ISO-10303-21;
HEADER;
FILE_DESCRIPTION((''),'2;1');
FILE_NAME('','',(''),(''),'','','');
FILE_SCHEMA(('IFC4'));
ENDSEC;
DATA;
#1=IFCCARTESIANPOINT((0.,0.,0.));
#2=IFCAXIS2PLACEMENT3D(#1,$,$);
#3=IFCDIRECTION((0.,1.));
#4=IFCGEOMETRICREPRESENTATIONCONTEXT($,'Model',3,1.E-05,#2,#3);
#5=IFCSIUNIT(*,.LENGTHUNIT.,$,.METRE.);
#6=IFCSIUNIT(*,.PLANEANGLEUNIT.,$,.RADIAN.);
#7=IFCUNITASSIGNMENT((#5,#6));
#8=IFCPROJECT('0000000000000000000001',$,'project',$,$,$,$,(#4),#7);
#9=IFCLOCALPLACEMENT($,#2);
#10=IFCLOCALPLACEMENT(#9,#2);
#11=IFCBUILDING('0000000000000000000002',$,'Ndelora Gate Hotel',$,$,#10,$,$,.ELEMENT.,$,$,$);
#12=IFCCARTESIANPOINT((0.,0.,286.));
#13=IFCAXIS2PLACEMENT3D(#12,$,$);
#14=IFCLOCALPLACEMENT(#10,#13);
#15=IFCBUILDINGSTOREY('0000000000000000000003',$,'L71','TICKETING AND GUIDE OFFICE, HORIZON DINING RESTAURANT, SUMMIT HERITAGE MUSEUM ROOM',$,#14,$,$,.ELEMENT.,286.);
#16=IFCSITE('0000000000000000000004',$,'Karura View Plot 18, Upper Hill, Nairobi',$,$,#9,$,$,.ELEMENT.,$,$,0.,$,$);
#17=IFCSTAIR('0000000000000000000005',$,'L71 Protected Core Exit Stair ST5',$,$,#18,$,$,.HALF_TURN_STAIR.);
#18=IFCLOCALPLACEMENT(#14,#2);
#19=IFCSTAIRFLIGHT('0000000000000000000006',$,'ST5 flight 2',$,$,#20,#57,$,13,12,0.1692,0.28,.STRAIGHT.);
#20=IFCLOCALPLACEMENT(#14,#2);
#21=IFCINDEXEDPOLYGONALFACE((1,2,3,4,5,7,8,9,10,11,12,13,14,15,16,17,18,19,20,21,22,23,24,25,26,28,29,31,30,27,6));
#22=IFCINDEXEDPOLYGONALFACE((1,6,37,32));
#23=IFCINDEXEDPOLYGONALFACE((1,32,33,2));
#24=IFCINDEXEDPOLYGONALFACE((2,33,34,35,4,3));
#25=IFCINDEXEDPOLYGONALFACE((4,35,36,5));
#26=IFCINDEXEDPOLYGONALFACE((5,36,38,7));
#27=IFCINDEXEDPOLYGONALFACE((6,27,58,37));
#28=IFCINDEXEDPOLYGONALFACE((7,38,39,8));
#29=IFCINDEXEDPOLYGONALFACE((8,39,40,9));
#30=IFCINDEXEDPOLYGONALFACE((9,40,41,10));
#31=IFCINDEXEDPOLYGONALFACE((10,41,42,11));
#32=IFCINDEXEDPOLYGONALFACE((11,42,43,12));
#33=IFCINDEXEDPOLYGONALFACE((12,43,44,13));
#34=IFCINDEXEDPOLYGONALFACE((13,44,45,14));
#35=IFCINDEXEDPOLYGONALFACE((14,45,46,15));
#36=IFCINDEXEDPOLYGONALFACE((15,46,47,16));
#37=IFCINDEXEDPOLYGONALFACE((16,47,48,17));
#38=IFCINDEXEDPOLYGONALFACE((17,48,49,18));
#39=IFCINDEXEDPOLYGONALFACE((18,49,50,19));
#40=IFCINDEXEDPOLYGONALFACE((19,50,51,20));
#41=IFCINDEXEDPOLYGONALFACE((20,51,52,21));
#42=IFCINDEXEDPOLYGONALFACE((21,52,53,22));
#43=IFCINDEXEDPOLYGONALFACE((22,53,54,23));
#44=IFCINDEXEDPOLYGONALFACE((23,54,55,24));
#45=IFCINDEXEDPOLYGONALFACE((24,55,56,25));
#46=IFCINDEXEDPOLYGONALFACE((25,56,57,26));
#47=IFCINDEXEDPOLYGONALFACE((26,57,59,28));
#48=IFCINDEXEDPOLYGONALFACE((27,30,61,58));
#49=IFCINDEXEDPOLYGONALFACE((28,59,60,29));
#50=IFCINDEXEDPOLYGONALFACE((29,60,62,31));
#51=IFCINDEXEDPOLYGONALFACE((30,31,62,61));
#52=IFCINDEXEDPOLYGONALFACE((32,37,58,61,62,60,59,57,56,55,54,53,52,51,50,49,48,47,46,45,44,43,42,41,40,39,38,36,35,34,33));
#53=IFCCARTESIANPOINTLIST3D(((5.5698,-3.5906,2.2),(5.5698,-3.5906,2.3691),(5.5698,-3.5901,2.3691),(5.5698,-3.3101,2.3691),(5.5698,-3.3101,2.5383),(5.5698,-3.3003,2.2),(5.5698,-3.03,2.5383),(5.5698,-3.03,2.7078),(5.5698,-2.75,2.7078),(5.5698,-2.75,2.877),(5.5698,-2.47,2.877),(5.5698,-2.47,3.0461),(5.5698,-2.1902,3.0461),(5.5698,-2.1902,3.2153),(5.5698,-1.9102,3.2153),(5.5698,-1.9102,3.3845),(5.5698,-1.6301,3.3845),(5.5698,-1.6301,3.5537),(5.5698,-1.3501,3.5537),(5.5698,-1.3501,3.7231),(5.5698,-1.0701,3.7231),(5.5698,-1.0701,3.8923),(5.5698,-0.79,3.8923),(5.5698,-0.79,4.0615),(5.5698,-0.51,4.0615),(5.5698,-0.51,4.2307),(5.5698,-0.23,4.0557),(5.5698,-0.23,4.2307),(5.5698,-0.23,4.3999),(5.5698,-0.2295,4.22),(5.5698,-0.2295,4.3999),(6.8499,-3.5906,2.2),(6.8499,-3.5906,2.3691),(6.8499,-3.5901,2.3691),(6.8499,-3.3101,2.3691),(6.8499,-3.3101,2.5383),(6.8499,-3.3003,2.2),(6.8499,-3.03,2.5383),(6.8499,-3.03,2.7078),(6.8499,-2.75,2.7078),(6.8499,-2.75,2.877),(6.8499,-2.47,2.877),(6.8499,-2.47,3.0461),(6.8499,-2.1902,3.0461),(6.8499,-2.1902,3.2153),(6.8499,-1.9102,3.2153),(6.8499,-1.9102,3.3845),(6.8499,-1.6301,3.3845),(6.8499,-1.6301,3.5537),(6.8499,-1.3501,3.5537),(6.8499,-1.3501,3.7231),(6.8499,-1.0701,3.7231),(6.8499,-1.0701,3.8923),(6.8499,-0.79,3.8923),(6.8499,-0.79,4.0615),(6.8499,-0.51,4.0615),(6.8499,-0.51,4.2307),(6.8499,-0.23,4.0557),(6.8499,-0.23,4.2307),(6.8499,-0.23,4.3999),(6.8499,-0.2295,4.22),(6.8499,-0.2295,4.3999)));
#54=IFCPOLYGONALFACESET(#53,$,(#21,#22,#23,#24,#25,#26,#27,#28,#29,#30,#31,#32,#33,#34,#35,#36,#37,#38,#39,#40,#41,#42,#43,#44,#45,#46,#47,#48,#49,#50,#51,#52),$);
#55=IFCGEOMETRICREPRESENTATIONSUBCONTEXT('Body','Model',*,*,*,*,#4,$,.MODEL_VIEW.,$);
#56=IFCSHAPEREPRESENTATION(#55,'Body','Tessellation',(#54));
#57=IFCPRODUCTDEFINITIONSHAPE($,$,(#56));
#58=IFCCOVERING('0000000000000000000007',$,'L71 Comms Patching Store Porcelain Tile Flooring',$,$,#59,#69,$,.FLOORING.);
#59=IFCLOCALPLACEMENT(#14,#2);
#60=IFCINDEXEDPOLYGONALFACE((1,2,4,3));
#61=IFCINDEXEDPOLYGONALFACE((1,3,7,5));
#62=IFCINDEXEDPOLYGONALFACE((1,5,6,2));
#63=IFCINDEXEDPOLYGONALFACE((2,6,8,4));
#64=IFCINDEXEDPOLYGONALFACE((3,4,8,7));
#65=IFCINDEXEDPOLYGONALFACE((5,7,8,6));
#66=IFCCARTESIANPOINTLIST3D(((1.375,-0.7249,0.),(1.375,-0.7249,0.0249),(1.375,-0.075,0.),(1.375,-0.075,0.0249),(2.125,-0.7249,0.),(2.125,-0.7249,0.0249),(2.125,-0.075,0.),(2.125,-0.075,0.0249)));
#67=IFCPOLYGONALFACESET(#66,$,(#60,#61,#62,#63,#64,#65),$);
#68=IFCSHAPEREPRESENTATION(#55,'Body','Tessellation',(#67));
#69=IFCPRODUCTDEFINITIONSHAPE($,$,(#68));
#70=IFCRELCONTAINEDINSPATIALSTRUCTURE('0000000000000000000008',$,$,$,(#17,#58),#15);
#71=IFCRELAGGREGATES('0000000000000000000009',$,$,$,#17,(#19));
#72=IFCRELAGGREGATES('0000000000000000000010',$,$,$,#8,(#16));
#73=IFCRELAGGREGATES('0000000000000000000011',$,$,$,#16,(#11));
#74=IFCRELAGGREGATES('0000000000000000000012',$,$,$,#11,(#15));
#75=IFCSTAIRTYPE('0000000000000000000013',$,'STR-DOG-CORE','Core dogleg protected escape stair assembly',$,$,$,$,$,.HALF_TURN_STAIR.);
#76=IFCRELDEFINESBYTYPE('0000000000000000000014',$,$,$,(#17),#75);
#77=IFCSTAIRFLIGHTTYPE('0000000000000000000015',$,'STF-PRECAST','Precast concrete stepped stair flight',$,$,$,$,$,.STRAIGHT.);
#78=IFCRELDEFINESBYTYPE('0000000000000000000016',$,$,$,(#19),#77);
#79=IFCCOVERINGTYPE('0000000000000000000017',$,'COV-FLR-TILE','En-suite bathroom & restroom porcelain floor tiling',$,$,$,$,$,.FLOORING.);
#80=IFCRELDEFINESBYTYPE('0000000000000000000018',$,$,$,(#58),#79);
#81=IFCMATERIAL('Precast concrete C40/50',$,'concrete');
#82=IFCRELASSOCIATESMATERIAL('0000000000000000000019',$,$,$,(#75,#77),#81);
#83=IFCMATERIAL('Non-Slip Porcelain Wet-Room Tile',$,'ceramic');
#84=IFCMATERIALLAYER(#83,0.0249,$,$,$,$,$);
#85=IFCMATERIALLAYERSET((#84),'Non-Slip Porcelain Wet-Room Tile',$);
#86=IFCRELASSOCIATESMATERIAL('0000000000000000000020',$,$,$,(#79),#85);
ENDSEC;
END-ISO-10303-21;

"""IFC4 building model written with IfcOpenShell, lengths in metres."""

from ifc_helpers import new_model, si_unit, direction, frame, origin, origin_2d, place, context, subcontext, project, spatial, polyline, rectangle, outline, extrude, material, layer, layer_set, type_object, element, aggregate, save


model = new_model("IFC4")

# Units and contexts
model_context = context("Model", 3, precision=1e-05, world=origin(), true_north=direction((0.0, 1.0)))
body_context = subcontext(model_context, "Body", "Model", "MODEL_VIEW")
ifc_project = project(units=[si_unit("LENGTHUNIT", "METRE"), si_unit("PLANEANGLEUNIT", "RADIAN")], contexts=[model_context])

# Site, building, storey
site_placement = place(None, origin())
site = spatial("IfcSite", under=ifc_project, at=site_placement, Name="Karura View Plot 18, Upper Hill, Nairobi", CompositionType="ELEMENT", RefElevation=0.0)
building_placement = place(site_placement, origin())
building = spatial("IfcBuilding", under=site, at=building_placement, Name="Ndelora Gate Hotel", CompositionType="ELEMENT")
storey_placement = place(building_placement, frame((0.0, 0.0, 286.0)))
storey = spatial("IfcBuildingStorey", under=building, at=storey_placement, Name="L71", Description="TICKETING AND GUIDE OFFICE, HORIZON DINING RESTAURANT, SUMMIT HERITAGE MUSEUM ROOM", CompositionType="ELEMENT", Elevation=286.0)

# Stair, stair flight
ifc_material_1 = material(Name="Precast concrete C40/50", Category="concrete")
stair_type = type_object("IfcStairType", Name="STR-DOG-CORE", Description="Core dogleg protected escape stair assembly", PredefinedType="HALF_TURN_STAIR", material=ifc_material_1)
stair_placement = place(storey_placement, origin())
stair = element("IfcStair", 1, at=stair_placement, inside=storey, type_object=stair_type, Name="L71 Protected Core Exit Stair ST5", PredefinedType="HALF_TURN_STAIR")
stair_flight_type = type_object("IfcStairFlightType", Name="STF-PRECAST", Description="Precast concrete stepped stair flight", PredefinedType="STRAIGHT", material=ifc_material_1)
stair_flight_1_placement = place(storey_placement, frame((6.21, -3.5901, 2.2), z_axis=(0.0, 0.0, 1.0), x_axis=(0.0, 1.0, 0.0)))
stair_flight_1 = element("IfcStairFlight", 2, at=stair_flight_1_placement, type_object=stair_flight_type, Name="ST5 flight 2", NumberOfRisers=13, NumberOfTreads=12, PredefinedType="STRAIGHT", RiserHeight=0.1692, TreadLength=0.28, context=body_context, shape_type="SweptSolid", body=[
    extrude(outline(polyline([(-0.0005, 0.0), (-0.0005, 0.1692), (0.0, 0.1692), (0.28, 0.1692), (0.28, 0.3384), (0.5601, 0.3384), (0.5601, 0.5078), (0.8401, 0.5078), (0.8401, 0.677), (1.1201, 0.677), (1.1201, 0.8462), (1.3999, 0.8462), (1.3999, 1.0154), (1.6799, 1.0154), (1.6799, 1.1846), (1.96, 1.1846), (1.96, 1.3538), (2.24, 1.3538), (2.24, 1.5232), (2.52, 1.5232), (2.52, 1.6924), (2.8, 1.6924), (2.8, 1.8616), (3.0801, 1.8616), (3.0801, 2.0308), (3.3601, 2.0308), (3.3601, 2.2), (3.3606, 2.2), (3.3606, 2.02), (3.3601, 1.8557), (0.2898, 0.0), (-0.0005, 0.0)])), frame((0.0, 0.6401, 0.0), z_axis=(0.0, -1.0, 0.0), x_axis=(1.0, 0.0, 0.0)), (0.0, 0.0, 1.0), 1.28),
])
aggregate(stair, [stair_flight_1])

# Covering
ifc_material_2 = material(Name="Non-Slip Porcelain Wet-Room Tile", Category="ceramic")
ifc_layer_1 = layer(ifc_material_2, 0.0249)
ifc_layer_set_1 = layer_set([ifc_layer_1], Name="Non-Slip Porcelain Wet-Room Tile")
covering_type = type_object("IfcCoveringType", Name="COV-FLR-TILE", Description="En-suite bathroom & restroom porcelain floor tiling", PredefinedType="FLOORING", material=ifc_layer_set_1)
covering_placement = place(storey_placement, frame((1.75, -0.3999, 0.0), z_axis=(0.0, 0.0, 1.0), x_axis=(1.0, 0.0, 0.0)))
element("IfcCovering", 3, at=covering_placement, inside=storey, type_object=covering_type, Name="L71 Comms Patching Store Porcelain Tile Flooring", PredefinedType="FLOORING", context=body_context, shape_type="SweptSolid", body=[
    extrude(rectangle(XDim=0.75, YDim=0.6499, at=origin_2d()), origin(), (0.0, 0.0, 1.0), 0.0249),
])

save(model, "model.ifc")
